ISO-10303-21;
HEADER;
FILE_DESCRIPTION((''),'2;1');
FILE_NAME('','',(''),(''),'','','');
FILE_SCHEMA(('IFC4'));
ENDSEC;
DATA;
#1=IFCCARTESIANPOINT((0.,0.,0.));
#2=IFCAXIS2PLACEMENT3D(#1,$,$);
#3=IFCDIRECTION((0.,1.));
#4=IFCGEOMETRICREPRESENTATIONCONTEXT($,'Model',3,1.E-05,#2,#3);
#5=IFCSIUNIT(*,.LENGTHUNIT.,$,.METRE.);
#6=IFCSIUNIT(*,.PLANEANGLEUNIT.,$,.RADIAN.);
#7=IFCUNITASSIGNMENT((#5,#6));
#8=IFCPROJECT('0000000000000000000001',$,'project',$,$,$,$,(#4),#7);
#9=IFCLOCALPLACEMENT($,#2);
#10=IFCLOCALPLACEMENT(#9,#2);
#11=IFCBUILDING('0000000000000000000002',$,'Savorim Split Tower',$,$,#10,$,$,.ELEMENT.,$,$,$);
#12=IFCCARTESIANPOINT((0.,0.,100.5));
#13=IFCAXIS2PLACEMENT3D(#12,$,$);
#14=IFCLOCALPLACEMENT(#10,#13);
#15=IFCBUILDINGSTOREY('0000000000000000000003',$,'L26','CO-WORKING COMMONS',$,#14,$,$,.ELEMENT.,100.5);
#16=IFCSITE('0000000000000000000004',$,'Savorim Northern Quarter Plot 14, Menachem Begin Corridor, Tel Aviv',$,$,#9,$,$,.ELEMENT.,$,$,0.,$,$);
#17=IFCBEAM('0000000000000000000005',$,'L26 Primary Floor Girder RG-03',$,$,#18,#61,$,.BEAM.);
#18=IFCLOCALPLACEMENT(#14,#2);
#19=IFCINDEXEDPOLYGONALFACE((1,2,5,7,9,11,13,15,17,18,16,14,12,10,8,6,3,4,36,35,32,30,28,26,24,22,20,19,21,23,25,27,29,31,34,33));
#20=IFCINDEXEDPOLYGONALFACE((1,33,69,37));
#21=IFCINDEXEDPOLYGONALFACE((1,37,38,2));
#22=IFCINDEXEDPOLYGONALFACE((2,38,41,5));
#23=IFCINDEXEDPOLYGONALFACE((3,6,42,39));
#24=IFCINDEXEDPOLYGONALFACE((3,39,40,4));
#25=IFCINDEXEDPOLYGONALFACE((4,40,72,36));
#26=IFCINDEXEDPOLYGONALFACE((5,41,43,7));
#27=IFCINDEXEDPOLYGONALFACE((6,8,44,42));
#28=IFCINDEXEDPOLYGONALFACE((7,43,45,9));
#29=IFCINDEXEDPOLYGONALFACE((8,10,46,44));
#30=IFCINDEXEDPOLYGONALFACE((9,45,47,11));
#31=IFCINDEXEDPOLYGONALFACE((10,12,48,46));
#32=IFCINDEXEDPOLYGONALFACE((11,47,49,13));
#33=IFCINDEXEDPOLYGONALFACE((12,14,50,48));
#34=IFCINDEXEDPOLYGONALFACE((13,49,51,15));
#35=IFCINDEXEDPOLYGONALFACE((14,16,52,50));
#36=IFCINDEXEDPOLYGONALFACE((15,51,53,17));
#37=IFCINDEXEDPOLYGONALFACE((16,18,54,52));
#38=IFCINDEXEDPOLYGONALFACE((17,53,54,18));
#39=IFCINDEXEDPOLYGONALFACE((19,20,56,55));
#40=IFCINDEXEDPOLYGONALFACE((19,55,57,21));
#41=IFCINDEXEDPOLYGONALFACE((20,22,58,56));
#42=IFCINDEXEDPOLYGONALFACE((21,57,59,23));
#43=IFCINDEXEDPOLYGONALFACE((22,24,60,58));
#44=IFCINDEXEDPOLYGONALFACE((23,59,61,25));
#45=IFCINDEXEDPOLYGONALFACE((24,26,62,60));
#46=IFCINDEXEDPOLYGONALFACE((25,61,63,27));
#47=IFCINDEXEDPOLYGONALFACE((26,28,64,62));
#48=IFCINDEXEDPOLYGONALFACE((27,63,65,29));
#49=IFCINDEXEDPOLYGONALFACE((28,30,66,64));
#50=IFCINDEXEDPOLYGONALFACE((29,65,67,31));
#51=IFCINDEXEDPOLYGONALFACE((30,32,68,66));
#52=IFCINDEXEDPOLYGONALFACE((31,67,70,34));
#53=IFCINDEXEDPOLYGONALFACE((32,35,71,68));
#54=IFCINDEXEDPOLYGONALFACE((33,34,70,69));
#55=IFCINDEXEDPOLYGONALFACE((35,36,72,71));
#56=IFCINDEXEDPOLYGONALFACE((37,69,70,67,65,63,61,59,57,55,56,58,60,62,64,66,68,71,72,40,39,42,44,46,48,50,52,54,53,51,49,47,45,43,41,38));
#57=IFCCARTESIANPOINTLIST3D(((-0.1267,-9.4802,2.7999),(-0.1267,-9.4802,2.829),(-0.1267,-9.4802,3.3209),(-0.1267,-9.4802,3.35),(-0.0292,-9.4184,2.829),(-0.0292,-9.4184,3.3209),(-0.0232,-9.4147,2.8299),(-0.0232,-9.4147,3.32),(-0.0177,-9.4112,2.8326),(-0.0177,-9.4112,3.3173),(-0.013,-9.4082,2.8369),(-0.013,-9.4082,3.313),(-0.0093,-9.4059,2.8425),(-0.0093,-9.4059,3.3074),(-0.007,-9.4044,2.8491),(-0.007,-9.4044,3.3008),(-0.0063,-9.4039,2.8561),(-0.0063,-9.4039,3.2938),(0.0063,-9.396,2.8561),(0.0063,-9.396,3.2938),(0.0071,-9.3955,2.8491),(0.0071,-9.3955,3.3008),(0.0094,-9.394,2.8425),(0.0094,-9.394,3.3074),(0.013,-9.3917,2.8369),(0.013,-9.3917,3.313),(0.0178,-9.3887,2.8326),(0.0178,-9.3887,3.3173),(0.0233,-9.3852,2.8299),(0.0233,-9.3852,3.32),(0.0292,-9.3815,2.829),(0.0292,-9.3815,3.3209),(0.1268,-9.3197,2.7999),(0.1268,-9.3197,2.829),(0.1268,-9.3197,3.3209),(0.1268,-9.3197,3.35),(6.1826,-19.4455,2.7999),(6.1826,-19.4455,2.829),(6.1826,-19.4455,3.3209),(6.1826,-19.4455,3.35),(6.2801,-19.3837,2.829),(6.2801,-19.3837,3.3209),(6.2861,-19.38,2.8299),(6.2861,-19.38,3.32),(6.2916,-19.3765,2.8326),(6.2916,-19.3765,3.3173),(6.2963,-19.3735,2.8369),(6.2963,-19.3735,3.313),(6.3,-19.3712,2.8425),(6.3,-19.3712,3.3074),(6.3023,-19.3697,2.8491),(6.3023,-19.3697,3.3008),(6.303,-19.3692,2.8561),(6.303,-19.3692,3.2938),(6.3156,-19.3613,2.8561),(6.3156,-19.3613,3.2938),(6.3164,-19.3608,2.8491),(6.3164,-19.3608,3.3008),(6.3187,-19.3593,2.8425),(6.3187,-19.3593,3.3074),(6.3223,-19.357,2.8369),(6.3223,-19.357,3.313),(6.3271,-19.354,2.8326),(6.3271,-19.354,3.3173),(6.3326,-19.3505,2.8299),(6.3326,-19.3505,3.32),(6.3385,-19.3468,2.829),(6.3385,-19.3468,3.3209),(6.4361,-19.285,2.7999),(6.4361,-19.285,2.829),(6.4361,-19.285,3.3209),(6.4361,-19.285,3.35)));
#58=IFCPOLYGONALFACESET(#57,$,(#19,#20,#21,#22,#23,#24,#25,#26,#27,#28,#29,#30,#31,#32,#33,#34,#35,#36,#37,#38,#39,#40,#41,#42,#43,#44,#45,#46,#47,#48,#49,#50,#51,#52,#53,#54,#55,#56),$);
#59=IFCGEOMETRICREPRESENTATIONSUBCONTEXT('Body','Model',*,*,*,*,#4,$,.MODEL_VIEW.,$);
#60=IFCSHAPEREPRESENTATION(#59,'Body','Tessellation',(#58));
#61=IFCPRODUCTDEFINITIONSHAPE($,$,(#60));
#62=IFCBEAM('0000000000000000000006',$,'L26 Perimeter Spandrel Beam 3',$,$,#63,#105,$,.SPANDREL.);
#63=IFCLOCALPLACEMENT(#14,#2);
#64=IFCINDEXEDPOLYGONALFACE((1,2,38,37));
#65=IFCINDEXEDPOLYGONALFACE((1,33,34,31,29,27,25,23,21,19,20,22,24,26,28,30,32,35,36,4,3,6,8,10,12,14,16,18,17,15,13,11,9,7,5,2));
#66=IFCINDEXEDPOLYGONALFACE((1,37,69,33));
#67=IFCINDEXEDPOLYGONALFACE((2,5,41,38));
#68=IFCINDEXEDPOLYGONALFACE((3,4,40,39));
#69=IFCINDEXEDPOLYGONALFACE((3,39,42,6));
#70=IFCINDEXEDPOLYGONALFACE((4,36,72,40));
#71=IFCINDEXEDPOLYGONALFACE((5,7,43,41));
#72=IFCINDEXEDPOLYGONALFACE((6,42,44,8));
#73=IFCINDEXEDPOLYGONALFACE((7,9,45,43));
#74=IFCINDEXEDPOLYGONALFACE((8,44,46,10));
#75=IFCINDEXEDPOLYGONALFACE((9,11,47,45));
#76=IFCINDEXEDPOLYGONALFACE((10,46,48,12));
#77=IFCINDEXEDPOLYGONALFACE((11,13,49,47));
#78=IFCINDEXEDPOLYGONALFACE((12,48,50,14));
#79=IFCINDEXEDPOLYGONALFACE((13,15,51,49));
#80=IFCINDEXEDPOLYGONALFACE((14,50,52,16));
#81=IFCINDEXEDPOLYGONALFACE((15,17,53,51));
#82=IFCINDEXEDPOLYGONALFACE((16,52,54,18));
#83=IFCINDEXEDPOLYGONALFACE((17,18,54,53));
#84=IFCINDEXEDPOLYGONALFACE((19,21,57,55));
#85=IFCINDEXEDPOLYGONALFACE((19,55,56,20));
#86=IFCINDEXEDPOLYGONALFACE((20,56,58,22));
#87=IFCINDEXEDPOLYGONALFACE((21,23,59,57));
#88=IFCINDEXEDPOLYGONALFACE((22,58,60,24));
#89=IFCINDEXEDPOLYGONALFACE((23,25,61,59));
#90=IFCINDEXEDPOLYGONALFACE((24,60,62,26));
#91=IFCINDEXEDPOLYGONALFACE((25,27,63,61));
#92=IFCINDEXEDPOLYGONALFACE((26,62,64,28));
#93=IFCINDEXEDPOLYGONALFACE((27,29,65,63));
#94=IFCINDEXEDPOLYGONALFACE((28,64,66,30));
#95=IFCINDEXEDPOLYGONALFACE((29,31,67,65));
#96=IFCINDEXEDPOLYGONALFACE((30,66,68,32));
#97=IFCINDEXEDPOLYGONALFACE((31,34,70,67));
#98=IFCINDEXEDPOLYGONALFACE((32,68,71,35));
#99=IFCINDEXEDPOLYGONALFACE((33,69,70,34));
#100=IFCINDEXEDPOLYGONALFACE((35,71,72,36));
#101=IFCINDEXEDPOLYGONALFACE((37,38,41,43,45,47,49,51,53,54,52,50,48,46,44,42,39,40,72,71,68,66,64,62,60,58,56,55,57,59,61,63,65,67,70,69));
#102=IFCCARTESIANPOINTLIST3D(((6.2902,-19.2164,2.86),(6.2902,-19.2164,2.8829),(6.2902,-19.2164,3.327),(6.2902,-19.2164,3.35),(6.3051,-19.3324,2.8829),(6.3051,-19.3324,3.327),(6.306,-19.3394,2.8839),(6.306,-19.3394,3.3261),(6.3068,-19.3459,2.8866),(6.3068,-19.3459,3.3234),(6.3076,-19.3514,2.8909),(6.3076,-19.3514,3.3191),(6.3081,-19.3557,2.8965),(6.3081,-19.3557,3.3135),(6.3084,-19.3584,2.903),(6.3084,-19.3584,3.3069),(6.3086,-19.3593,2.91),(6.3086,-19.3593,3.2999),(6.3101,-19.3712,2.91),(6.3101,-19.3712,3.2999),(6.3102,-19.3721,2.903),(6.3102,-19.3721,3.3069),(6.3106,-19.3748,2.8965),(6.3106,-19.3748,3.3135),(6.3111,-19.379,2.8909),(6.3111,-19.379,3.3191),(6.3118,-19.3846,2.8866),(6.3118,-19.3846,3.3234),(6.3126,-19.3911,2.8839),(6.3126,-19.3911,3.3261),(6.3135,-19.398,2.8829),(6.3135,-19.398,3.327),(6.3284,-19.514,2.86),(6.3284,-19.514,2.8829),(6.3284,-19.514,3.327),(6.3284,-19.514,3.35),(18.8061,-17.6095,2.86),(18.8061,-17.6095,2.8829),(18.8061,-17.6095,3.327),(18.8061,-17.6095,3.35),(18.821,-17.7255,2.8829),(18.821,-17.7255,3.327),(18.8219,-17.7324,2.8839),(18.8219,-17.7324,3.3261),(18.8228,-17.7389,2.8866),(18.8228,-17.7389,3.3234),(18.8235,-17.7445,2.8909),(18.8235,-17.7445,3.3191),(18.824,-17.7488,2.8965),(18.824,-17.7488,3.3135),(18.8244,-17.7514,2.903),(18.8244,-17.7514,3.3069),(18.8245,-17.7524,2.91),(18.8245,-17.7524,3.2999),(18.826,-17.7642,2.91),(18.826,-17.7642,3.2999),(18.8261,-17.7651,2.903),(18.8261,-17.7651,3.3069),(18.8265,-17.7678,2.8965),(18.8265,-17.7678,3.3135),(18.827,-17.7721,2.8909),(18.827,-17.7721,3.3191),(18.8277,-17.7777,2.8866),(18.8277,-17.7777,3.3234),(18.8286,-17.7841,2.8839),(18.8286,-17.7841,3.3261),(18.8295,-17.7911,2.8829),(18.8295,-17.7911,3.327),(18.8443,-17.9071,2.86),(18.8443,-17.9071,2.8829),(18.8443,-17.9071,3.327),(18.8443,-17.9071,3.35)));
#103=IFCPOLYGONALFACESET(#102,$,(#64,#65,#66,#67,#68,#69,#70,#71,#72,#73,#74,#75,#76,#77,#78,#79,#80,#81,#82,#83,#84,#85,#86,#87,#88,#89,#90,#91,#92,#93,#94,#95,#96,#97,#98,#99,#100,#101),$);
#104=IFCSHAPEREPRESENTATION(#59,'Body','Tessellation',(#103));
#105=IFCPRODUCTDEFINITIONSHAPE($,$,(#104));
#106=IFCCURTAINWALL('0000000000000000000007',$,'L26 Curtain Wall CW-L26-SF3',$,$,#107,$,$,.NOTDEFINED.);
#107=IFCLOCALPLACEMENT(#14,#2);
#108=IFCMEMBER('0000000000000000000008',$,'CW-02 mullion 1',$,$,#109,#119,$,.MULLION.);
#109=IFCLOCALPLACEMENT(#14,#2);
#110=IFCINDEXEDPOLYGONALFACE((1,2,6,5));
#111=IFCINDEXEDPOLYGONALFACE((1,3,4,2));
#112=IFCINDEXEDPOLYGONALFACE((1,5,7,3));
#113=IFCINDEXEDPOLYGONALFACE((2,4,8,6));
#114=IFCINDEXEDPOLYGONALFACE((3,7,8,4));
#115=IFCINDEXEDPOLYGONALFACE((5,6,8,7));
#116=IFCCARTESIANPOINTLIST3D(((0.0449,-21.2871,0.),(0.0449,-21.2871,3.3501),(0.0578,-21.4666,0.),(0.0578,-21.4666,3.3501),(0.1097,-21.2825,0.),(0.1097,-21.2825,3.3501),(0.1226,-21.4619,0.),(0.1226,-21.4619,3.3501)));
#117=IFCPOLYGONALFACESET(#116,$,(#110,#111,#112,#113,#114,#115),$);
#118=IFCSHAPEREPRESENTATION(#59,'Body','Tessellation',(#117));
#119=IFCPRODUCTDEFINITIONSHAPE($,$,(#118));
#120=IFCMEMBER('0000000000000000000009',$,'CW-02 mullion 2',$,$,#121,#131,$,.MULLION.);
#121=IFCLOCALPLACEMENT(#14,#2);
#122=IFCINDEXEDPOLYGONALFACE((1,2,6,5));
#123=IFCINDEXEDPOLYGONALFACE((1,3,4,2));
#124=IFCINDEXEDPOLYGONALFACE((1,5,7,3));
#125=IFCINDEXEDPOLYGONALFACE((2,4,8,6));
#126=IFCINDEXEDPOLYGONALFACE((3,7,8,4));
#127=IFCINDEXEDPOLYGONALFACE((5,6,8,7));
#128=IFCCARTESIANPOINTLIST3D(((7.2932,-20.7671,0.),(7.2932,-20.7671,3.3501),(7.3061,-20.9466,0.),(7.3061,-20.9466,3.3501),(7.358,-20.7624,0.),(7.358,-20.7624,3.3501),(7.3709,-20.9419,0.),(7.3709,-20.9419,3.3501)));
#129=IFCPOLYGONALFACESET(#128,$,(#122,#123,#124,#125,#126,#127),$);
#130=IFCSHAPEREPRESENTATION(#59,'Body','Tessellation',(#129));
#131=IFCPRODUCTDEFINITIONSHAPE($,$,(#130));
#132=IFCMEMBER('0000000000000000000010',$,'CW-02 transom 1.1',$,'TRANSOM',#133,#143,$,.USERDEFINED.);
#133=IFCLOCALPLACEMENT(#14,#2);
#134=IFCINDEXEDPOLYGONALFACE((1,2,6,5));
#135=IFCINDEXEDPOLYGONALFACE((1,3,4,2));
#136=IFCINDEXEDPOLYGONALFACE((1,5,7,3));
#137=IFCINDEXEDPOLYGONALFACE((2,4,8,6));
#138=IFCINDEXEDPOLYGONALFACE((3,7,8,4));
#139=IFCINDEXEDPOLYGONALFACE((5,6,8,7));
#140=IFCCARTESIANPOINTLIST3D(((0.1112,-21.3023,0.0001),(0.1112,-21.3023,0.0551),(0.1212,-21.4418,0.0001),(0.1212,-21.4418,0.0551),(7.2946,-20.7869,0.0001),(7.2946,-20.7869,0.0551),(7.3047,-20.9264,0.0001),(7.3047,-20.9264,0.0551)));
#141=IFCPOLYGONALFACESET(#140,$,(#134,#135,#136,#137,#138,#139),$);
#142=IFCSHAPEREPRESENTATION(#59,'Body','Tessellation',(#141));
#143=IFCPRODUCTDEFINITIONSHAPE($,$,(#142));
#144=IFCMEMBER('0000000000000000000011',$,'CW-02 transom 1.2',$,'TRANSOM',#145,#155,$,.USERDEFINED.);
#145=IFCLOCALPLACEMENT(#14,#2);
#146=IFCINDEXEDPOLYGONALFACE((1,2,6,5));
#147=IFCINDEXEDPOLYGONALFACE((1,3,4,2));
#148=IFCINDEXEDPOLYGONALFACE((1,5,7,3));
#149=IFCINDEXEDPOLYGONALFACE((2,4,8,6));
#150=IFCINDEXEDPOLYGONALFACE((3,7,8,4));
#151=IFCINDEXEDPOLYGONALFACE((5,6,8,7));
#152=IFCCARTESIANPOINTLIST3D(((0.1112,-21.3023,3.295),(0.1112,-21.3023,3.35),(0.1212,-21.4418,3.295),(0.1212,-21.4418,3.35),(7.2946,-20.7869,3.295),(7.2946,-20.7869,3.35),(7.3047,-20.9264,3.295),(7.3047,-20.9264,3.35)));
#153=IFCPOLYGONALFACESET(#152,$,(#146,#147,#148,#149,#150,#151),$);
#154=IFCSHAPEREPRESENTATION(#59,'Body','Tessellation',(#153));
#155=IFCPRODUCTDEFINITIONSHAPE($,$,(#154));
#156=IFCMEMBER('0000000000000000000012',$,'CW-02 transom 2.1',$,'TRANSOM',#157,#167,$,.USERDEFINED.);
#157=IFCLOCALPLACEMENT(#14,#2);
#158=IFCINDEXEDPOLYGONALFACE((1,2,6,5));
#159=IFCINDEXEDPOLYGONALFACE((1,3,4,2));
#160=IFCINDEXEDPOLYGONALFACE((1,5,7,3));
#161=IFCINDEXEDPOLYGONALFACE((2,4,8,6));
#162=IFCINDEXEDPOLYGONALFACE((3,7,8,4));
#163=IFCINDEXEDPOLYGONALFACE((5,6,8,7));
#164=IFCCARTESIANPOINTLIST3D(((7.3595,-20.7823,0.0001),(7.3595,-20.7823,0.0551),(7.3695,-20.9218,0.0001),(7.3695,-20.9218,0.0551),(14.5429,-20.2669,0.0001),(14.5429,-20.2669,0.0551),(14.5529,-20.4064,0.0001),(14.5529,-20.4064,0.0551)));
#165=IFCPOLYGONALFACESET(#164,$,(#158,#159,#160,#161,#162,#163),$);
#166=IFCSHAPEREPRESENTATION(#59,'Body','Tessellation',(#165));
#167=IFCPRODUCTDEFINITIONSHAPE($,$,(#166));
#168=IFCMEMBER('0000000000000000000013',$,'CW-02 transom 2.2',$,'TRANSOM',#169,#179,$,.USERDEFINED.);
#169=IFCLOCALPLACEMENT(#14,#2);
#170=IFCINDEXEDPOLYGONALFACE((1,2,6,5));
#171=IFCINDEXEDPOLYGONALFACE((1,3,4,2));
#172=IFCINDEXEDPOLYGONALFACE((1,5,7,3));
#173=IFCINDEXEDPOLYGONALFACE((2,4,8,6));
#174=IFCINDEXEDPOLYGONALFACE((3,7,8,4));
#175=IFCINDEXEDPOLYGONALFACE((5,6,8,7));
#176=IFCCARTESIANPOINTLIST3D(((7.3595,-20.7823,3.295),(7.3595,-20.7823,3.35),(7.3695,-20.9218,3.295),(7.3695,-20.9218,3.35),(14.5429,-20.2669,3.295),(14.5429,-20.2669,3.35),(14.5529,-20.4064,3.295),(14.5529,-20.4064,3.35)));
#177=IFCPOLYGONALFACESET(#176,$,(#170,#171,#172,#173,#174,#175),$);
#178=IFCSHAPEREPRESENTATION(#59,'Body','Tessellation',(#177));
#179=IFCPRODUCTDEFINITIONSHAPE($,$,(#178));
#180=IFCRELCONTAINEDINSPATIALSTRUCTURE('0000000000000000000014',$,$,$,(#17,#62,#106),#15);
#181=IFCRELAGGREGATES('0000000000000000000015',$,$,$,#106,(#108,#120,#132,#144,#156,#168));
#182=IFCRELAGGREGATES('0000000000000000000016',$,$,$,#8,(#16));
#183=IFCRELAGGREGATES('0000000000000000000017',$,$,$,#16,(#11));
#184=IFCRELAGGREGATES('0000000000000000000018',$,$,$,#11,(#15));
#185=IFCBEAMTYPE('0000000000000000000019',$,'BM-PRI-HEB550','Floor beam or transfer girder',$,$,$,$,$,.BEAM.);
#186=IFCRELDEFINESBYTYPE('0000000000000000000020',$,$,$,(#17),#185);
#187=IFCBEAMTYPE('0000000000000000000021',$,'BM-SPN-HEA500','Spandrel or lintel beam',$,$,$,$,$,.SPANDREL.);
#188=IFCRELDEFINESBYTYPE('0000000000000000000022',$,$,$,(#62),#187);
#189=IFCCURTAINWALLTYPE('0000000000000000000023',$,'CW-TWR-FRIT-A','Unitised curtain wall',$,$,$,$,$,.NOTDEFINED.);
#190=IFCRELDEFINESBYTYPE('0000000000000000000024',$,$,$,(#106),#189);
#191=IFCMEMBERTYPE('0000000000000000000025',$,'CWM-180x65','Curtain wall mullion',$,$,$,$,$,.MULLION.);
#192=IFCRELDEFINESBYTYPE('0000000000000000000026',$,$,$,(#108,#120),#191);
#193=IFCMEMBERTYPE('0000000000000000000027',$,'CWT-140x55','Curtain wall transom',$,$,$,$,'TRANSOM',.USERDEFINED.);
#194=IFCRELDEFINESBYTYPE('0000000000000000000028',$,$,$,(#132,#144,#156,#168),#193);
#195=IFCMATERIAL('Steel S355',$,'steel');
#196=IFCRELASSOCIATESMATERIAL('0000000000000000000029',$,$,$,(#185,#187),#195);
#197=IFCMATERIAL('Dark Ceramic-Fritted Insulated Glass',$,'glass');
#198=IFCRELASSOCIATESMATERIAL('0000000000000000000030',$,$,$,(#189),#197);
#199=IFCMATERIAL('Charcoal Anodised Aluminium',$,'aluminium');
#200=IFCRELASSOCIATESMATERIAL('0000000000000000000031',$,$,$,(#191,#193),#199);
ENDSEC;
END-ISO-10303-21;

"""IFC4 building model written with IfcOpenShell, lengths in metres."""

from ifc_helpers import new_model, si_unit, direction, frame, origin, origin_2d, place, context, subcontext, project, spatial, rectangle, i_section, extrude, material, material_profile, profile_set, type_object, element, aggregate, save


model = new_model("IFC4")

# Units and contexts
model_context = context("Model", 3, precision=1e-05, world=origin(), true_north=direction((0.0, 1.0)))
body_context = subcontext(model_context, "Body", "Model", "MODEL_VIEW")
ifc_project = project(units=[si_unit("LENGTHUNIT", "METRE"), si_unit("PLANEANGLEUNIT", "RADIAN")], contexts=[model_context])

# Site, building, storey
site_placement = place(None, origin())
site = spatial("IfcSite", under=ifc_project, at=site_placement, Name="Savorim Northern Quarter Plot 14, Menachem Begin Corridor, Tel Aviv", CompositionType="ELEMENT", RefElevation=0.0)
building_placement = place(site_placement, origin())
building = spatial("IfcBuilding", under=site, at=building_placement, Name="Savorim Split Tower", CompositionType="ELEMENT")
storey_placement = place(building_placement, frame((0.0, 0.0, 100.5)))
storey = spatial("IfcBuildingStorey", under=building, at=storey_placement, Name="L26", Description="CO-WORKING COMMONS", CompositionType="ELEMENT", Elevation=100.5)

# Beams
ifc_material_1 = material(Name="Steel S355", Category="steel")
ifc_material_profile_1 = material_profile(ifc_material_1, i_section(OverallWidth=0.3, OverallDepth=0.55, WebThickness=0.0149, FlangeThickness=0.0291, FilletRadius=0.0271, at=origin_2d()), Name="HEB 550")
ifc_profile_set_1 = profile_set([ifc_material_profile_1], Name="Steel S355")
beam_type_1 = type_object("IfcBeamType", Name="BM-PRI-HEB550", Description="Floor beam or transfer girder", PredefinedType="BEAM", material=ifc_profile_set_1)
beam_1_placement = place(storey_placement, frame((6.3093, -19.3652, 3.075), z_axis=(-0.534928, 0.844898, 0.0), x_axis=(-0.844898, -0.534928, 0.0)))
element("IfcBeam", 1, at=beam_1_placement, inside=storey, type_object=beam_type_1, Name="L26 Primary Floor Girder RG-03", PredefinedType="BEAM", context=body_context, shape_type="SweptSolid", body=[
    extrude(i_section(OverallWidth=0.3, OverallDepth=0.55, WebThickness=0.0149, FlangeThickness=0.0291, FilletRadius=0.0271, at=origin_2d()), origin(), (0.0, 0.0, 1.0), 11.7947),
])
ifc_material_profile_2 = material_profile(ifc_material_1, i_section(OverallWidth=0.3, OverallDepth=0.49, WebThickness=0.012, FlangeThickness=0.0229, FilletRadius=0.0271, at=origin_2d()), Name="HEA 500")
ifc_profile_set_2 = profile_set([ifc_material_profile_2], Name="Steel S355")
beam_type_2 = type_object("IfcBeamType", Name="BM-SPN-HEA500", Description="Spandrel or lintel beam", PredefinedType="SPANDREL", material=ifc_profile_set_2)
beam_2_placement = place(storey_placement, frame((6.3093, -19.3652, 3.105), z_axis=(0.991858, 0.127346, 0.0), x_axis=(-0.127346, 0.991858, 0.0)))
element("IfcBeam", 2, at=beam_2_placement, inside=storey, type_object=beam_type_2, Name="L26 Perimeter Spandrel Beam 3", PredefinedType="SPANDREL", context=body_context, shape_type="SweptSolid", body=[
    extrude(i_section(OverallWidth=0.3, OverallDepth=0.49, WebThickness=0.012, FlangeThickness=0.0229, FilletRadius=0.0271, at=origin_2d()), origin(), (0.0, 0.0, 1.0), 12.6187),
])

# Curtain wall, members
ifc_material_2 = material(Name="Dark Ceramic-Fritted Insulated Glass", Category="glass")
curtain_wall_type = type_object("IfcCurtainWallType", Name="CW-TWR-FRIT-A", Description="Unitised curtain wall", PredefinedType="NOTDEFINED", material=ifc_material_2)
curtain_wall_placement = place(storey_placement, origin())
curtain_wall = element("IfcCurtainWall", 3, at=curtain_wall_placement, inside=storey, type_object=curtain_wall_type, Name="L26 Curtain Wall CW-L26-SF3", PredefinedType="NOTDEFINED")
ifc_material_3 = material(Name="Charcoal Anodised Aluminium", Category="aluminium")
ifc_material_profile_3 = material_profile(ifc_material_3, rectangle(XDim=0.1799, YDim=0.0649, at=origin_2d()), Name="ALU-M 180x65")
ifc_profile_set_3 = profile_set([ifc_material_profile_3], Name="Charcoal Anodised Aluminium")
member_type_1 = type_object("IfcMemberType", Name="CWM-180x65", Description="Curtain wall mullion", PredefinedType="MULLION", material=ifc_profile_set_3)
member_1_placement = place(storey_placement, frame((0.0837, -21.3745, 0.0), z_axis=(0.0, 0.0, 1.0), x_axis=(-0.071561, 0.997436, 0.0)))
member_1 = element("IfcMember", 4, at=member_1_placement, type_object=member_type_1, Name="CW-02 mullion 1", PredefinedType="MULLION", context=body_context, shape_type="SweptSolid", body=[
    extrude(rectangle(XDim=0.1799, YDim=0.0649, at=origin_2d()), origin(), (0.0, 0.0, 1.0), 3.3501),
])
member_2_placement = place(storey_placement, frame((7.332, -20.8545, 0.0), z_axis=(0.0, 0.0, 1.0), x_axis=(-0.071561, 0.997436, 0.0)))
member_2 = element("IfcMember", 5, at=member_2_placement, type_object=member_type_1, Name="CW-02 mullion 2", PredefinedType="MULLION", context=body_context, shape_type="SweptSolid", body=[
    extrude(rectangle(XDim=0.1799, YDim=0.0649, at=origin_2d()), origin(), (0.0, 0.0, 1.0), 3.3501),
])
ifc_material_profile_4 = material_profile(ifc_material_3, rectangle(XDim=0.1399, YDim=0.0549, at=origin_2d()), Name="ALU-T 140x55")
ifc_profile_set_4 = profile_set([ifc_material_profile_4], Name="Charcoal Anodised Aluminium")
member_type_2 = type_object("IfcMemberType", Name="CWT-140x55", Description="Curtain wall transom", ElementType="TRANSOM", PredefinedType="USERDEFINED", material=ifc_profile_set_4)
member_3_placement = place(storey_placement, frame((0.1162, -21.3721, 0.0276), z_axis=(0.997436, 0.071563, 0.0), x_axis=(-0.071563, 0.997436, 0.0)))
member_3 = element("IfcMember", 6, at=member_3_placement, type_object=member_type_2, Name="CW-02 transom 1.1", ObjectType="TRANSOM", PredefinedType="USERDEFINED", context=body_context, shape_type="SweptSolid", body=[
    extrude(rectangle(XDim=0.1399, YDim=0.0549, at=origin_2d()), origin(), (0.0, 0.0, 1.0), 7.2019),
])
member_4_placement = place(storey_placement, frame((0.1162, -21.3721, 3.3225), z_axis=(0.997436, 0.071563, 0.0), x_axis=(-0.071563, 0.997436, 0.0)))
member_4 = element("IfcMember", 7, at=member_4_placement, type_object=member_type_2, Name="CW-02 transom 1.2", ObjectType="TRANSOM", PredefinedType="USERDEFINED", context=body_context, shape_type="SweptSolid", body=[
    extrude(rectangle(XDim=0.1399, YDim=0.0549, at=origin_2d()), origin(), (0.0, 0.0, 1.0), 7.2019),
])
member_5_placement = place(storey_placement, frame((7.3645, -20.8521, 0.0276), z_axis=(0.997436, 0.071563, 0.0), x_axis=(-0.071563, 0.997436, 0.0)))
member_5 = element("IfcMember", 8, at=member_5_placement, type_object=member_type_2, Name="CW-02 transom 2.1", ObjectType="TRANSOM", PredefinedType="USERDEFINED", context=body_context, shape_type="SweptSolid", body=[
    extrude(rectangle(XDim=0.1399, YDim=0.0549, at=origin_2d()), origin(), (0.0, 0.0, 1.0), 7.2019),
])
member_6_placement = place(storey_placement, frame((7.3645, -20.8521, 3.3225), z_axis=(0.997436, 0.071563, 0.0), x_axis=(-0.071563, 0.997436, 0.0)))
member_6 = element("IfcMember", 9, at=member_6_placement, type_object=member_type_2, Name="CW-02 transom 2.2", ObjectType="TRANSOM", PredefinedType="USERDEFINED", context=body_context, shape_type="SweptSolid", body=[
    extrude(rectangle(XDim=0.1399, YDim=0.0549, at=origin_2d()), origin(), (0.0, 0.0, 1.0), 7.2019),
])
aggregate(curtain_wall, [member_1, member_2, member_3, member_4, member_5, member_6])

save(model, "model.ifc")
